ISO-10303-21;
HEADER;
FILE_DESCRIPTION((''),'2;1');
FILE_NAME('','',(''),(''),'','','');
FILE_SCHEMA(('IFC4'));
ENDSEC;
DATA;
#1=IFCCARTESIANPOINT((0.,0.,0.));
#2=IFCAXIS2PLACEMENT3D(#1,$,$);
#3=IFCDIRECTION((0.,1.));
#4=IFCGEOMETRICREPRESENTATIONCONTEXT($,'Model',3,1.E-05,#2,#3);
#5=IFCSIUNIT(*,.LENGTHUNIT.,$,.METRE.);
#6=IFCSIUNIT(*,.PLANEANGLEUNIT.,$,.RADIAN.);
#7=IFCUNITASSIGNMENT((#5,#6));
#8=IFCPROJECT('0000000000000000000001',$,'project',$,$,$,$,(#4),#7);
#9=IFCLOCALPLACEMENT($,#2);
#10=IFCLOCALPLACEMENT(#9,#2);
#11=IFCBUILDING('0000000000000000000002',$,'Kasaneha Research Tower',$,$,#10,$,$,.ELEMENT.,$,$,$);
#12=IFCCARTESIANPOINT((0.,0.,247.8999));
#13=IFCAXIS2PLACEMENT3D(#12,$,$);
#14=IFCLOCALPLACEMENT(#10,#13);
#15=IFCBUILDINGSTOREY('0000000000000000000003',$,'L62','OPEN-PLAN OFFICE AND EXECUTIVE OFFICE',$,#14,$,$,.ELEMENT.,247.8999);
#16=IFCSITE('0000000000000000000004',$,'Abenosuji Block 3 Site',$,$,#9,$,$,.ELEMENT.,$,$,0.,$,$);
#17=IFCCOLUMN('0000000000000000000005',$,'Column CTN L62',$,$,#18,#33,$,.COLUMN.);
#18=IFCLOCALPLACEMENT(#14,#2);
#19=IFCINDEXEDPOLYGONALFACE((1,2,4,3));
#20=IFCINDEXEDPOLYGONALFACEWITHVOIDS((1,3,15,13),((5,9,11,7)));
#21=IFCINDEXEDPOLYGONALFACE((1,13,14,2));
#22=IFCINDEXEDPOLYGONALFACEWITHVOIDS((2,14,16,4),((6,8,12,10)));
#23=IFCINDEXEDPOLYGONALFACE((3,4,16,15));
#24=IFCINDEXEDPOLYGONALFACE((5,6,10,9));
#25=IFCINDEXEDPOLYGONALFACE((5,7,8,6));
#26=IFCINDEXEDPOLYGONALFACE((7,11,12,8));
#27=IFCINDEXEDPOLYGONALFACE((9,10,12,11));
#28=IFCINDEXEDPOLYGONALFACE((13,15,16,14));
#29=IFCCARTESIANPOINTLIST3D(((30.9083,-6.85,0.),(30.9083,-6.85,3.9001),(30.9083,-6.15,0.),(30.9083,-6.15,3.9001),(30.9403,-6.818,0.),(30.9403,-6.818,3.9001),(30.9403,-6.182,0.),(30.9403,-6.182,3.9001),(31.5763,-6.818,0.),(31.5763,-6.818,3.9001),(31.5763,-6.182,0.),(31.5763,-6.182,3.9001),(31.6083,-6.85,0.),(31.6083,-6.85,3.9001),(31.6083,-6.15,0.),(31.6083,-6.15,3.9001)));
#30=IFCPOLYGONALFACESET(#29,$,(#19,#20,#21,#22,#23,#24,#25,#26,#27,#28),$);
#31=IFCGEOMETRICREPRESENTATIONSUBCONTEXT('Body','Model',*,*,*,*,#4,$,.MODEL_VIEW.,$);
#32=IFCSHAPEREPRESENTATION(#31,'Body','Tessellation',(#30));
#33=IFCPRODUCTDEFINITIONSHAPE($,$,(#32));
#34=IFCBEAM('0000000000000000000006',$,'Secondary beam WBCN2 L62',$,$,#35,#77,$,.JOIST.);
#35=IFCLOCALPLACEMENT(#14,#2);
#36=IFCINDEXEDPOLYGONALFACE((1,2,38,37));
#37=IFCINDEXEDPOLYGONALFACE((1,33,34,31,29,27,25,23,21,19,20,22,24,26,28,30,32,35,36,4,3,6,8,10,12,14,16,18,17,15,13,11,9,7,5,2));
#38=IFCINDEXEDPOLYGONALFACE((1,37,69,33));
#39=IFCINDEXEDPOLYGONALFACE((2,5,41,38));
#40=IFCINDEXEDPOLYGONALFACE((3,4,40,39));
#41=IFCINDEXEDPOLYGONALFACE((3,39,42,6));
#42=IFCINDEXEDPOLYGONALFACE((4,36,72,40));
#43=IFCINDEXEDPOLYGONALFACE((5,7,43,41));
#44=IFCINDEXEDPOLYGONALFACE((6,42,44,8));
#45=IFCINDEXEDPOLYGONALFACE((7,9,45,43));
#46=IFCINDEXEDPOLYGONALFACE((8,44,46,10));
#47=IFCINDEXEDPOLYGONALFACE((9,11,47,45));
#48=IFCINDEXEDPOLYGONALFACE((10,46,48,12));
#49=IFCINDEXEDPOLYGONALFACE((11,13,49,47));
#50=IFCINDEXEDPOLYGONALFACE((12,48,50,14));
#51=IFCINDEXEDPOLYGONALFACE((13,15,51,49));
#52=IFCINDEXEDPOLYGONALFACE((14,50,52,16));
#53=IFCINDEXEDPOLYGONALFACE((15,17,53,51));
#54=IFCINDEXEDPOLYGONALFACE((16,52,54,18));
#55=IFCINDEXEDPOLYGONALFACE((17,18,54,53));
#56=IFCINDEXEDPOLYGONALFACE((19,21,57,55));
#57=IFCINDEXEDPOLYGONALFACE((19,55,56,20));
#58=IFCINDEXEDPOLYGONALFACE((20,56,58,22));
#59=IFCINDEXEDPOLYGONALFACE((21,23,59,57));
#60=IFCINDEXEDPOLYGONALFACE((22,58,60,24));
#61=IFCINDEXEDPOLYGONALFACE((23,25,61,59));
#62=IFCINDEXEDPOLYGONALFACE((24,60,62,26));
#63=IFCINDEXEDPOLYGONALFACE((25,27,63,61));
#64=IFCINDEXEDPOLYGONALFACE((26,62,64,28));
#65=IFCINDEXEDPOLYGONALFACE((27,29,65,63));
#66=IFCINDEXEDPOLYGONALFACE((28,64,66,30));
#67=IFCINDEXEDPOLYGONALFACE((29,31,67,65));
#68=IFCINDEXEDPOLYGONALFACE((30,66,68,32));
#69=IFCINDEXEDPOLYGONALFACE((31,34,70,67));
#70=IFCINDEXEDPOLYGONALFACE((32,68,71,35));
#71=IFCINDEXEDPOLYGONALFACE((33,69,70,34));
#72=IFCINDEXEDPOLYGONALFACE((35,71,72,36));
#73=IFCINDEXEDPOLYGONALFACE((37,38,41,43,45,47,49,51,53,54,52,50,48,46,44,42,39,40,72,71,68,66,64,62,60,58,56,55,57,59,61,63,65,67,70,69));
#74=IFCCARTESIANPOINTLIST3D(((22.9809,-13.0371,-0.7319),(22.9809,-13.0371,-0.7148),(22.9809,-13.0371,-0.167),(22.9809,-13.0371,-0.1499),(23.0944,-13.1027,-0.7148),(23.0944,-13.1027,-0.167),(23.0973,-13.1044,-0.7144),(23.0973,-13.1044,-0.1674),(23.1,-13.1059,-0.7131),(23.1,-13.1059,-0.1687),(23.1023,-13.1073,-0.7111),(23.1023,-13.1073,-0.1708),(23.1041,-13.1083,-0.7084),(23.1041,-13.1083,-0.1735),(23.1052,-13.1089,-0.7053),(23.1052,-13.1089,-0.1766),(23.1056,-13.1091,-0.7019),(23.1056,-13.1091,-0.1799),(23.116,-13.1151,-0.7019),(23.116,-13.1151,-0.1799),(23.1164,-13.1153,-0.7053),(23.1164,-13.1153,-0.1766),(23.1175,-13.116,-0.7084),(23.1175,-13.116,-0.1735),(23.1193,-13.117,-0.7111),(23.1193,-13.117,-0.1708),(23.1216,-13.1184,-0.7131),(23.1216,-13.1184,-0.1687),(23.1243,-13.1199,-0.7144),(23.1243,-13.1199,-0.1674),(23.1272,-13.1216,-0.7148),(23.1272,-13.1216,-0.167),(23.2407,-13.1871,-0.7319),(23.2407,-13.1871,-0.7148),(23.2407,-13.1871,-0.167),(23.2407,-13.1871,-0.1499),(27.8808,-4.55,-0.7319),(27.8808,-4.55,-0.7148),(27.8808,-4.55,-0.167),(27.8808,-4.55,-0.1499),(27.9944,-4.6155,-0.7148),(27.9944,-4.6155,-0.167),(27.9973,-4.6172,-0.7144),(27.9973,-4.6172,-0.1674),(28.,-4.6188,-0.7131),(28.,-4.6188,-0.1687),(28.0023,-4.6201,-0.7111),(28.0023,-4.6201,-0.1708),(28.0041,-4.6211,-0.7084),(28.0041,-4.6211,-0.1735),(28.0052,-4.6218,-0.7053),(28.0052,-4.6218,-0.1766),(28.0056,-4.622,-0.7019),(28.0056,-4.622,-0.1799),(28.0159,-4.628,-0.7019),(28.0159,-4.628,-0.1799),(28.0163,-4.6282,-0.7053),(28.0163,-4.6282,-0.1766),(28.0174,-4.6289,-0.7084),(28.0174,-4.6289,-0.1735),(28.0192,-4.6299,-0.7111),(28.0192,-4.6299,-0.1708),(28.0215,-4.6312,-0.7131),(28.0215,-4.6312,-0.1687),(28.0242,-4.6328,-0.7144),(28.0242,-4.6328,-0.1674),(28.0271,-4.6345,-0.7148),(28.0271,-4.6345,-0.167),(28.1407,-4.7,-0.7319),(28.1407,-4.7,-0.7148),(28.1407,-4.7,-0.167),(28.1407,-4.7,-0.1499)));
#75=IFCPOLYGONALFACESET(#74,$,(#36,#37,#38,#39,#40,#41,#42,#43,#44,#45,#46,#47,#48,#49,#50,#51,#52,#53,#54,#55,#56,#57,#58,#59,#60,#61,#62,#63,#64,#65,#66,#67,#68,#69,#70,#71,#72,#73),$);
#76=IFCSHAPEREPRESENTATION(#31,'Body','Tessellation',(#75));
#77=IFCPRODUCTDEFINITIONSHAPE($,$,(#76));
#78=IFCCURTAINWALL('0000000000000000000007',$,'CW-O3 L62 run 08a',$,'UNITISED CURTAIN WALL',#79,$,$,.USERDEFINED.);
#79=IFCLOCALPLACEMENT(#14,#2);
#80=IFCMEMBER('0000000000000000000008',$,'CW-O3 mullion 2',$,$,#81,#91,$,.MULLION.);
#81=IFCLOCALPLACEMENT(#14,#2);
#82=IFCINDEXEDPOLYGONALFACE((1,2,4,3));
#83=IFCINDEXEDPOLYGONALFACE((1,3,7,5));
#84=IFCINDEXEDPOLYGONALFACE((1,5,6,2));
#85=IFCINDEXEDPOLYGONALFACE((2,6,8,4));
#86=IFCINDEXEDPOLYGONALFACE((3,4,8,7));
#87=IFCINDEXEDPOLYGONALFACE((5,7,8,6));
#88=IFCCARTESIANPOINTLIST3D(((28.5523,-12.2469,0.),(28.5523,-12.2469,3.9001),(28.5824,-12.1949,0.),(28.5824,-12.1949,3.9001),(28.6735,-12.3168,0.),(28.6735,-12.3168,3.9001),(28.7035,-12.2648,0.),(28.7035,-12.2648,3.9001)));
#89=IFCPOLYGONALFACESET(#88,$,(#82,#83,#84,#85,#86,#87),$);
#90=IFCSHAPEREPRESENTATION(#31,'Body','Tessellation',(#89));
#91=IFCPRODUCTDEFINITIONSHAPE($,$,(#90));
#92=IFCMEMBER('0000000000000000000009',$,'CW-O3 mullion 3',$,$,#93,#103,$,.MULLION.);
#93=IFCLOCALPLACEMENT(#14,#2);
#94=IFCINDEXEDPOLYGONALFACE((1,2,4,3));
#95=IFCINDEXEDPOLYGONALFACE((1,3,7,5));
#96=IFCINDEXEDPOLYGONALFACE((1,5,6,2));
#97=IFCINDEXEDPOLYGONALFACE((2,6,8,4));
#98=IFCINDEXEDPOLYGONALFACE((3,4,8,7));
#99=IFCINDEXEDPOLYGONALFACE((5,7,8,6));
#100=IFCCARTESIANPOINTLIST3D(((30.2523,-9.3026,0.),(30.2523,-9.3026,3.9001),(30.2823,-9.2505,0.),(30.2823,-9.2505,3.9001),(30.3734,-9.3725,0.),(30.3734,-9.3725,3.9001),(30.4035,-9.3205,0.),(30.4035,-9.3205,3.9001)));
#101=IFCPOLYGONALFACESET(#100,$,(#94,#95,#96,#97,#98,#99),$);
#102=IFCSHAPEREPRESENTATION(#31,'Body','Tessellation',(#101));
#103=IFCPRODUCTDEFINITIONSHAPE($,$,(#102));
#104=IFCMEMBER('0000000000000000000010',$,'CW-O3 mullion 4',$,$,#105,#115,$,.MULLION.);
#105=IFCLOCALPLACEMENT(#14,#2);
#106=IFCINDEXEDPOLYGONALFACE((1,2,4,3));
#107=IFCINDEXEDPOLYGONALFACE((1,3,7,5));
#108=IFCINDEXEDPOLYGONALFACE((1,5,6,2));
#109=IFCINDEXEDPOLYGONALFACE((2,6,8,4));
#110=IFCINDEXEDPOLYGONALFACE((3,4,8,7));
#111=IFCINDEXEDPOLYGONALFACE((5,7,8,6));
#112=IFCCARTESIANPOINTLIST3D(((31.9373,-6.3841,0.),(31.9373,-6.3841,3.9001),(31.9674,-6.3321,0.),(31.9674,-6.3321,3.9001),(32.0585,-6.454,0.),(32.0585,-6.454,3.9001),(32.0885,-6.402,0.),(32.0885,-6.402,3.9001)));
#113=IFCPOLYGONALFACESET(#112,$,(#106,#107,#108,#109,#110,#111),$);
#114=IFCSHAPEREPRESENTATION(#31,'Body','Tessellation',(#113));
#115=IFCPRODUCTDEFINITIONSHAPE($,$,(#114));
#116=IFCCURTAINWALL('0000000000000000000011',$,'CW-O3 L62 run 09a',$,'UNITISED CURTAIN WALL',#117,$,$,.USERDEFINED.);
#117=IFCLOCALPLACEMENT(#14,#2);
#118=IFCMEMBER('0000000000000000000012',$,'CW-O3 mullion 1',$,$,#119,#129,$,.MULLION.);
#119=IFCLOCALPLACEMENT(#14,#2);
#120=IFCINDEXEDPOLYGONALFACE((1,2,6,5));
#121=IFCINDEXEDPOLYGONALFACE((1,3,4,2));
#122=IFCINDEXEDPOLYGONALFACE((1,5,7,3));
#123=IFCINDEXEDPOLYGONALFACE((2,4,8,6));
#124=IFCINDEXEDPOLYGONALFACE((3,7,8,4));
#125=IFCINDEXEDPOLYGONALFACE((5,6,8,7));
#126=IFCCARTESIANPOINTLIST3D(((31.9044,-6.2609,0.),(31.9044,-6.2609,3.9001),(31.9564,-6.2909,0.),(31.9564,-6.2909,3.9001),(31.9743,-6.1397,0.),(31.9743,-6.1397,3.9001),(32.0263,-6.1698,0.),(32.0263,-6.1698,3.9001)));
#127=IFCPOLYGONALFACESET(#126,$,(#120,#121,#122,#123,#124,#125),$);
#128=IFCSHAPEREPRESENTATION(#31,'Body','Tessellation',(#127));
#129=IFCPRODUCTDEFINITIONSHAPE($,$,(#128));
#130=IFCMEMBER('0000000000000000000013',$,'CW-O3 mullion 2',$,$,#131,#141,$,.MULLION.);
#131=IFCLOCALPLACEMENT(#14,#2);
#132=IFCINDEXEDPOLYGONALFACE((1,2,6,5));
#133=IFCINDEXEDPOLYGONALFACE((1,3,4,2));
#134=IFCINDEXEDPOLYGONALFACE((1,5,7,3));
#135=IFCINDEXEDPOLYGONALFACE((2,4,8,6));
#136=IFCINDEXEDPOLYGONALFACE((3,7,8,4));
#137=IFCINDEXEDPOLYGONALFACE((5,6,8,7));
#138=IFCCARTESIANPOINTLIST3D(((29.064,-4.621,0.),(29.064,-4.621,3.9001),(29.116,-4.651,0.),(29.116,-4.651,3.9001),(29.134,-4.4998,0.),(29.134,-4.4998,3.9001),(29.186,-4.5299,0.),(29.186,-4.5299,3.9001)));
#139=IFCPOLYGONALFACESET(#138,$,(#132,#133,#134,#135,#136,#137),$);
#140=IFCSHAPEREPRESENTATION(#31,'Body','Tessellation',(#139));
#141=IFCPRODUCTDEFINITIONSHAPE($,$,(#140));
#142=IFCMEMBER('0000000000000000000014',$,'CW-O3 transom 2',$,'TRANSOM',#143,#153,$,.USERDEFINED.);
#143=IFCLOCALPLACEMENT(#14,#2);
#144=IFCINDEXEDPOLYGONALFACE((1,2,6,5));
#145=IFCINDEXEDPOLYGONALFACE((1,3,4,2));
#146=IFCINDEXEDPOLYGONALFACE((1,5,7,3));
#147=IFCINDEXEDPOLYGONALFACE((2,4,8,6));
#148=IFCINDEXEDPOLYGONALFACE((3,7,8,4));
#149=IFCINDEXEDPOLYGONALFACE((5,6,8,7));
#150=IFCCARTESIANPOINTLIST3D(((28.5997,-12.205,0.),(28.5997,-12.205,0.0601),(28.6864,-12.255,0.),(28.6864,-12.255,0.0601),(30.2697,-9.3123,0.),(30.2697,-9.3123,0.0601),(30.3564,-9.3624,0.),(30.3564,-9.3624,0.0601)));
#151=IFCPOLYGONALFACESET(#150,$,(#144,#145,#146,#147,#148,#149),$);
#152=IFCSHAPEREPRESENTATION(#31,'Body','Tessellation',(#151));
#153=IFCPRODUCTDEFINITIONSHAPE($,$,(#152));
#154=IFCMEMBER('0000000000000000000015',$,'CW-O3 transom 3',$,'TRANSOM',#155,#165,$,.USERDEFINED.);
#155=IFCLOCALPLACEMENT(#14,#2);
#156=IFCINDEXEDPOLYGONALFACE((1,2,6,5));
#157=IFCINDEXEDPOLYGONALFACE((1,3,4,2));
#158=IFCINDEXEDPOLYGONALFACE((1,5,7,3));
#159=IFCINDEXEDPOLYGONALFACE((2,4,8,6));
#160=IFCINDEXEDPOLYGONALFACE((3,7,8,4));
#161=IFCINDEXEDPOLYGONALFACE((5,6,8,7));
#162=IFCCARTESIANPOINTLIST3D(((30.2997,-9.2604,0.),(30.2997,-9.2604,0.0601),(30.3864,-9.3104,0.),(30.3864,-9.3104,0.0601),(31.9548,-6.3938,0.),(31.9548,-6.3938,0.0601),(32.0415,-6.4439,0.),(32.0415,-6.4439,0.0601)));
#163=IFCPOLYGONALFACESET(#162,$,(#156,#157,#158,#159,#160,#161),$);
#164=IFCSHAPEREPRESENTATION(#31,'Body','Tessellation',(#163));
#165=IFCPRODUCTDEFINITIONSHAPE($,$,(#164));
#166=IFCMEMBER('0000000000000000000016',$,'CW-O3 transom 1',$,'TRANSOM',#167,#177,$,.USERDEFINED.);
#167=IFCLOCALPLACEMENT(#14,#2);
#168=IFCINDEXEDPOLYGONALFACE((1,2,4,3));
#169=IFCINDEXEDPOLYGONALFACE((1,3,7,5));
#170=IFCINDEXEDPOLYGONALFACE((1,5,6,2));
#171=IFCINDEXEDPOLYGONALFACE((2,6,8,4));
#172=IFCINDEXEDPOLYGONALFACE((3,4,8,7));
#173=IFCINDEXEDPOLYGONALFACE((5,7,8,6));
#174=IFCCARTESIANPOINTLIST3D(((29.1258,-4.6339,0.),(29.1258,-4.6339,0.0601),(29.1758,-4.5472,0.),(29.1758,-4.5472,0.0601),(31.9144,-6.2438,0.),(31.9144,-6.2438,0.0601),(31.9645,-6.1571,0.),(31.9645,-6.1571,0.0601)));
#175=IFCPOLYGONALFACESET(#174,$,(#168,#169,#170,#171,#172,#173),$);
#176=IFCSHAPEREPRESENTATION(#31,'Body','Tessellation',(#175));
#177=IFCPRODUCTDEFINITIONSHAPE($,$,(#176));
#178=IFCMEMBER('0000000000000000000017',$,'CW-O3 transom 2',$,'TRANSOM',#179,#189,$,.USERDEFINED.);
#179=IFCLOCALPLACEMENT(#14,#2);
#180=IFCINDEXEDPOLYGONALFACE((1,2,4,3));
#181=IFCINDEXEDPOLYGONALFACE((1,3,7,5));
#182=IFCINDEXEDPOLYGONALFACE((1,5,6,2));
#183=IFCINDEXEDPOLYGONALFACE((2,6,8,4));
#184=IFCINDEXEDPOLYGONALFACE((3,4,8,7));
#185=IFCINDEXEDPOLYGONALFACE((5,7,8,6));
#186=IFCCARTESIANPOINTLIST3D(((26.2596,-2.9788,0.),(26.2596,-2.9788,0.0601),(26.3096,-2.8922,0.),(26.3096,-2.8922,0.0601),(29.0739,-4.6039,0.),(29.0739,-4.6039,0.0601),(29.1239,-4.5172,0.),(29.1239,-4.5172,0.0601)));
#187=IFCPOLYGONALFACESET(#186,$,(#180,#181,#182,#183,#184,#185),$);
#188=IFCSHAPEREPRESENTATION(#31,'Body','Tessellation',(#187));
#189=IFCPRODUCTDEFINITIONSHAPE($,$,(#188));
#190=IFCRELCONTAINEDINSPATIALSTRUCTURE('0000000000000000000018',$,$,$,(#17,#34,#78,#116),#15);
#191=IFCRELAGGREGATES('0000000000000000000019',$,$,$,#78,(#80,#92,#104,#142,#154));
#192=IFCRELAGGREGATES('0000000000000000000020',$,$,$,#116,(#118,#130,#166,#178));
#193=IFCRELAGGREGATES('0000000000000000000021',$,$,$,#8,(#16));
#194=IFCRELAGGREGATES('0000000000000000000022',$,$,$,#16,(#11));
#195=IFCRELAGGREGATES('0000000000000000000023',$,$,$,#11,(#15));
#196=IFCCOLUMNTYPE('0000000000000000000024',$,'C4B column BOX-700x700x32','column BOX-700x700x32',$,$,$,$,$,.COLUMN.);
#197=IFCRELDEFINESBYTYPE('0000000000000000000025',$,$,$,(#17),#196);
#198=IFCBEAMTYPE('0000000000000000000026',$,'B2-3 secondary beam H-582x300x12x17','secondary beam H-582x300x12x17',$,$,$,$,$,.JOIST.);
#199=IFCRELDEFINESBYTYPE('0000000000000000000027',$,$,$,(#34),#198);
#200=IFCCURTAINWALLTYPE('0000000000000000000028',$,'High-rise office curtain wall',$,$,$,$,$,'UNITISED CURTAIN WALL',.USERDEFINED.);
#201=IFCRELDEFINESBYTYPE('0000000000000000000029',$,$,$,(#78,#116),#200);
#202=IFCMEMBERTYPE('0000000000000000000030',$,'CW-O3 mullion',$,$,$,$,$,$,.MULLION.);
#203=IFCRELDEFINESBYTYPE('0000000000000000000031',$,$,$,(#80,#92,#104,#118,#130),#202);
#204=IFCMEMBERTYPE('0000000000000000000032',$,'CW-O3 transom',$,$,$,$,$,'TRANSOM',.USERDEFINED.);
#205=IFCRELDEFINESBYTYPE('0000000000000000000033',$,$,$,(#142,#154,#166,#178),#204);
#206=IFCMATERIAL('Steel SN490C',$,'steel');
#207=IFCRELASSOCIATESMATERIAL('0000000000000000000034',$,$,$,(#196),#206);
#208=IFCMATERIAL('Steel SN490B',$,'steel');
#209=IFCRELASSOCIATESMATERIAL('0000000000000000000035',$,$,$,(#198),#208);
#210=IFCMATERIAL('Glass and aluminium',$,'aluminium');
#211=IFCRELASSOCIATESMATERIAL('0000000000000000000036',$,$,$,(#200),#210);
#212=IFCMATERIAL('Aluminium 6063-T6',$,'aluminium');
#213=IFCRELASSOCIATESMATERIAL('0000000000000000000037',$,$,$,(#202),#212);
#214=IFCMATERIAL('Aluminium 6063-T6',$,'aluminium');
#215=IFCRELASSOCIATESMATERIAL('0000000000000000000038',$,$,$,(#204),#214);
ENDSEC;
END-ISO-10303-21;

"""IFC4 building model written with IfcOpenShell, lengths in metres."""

from ifc_helpers import new_model, si_unit, direction, frame, origin, origin_2d, place, context, subcontext, project, spatial, rectangle, hollow_rectangle, i_section, extrude, material, material_profile, profile_set, type_object, element, aggregate, save


model = new_model("IFC4")

# Units and contexts
model_context = context("Model", 3, precision=1e-05, world=origin(), true_north=direction((0.0, 1.0)))
body_context = subcontext(model_context, "Body", "Model", "MODEL_VIEW")
ifc_project = project(units=[si_unit("LENGTHUNIT", "METRE"), si_unit("PLANEANGLEUNIT", "RADIAN")], contexts=[model_context])

# Site, building, storey
site_placement = place(None, origin())
site = spatial("IfcSite", under=ifc_project, at=site_placement, Name="Abenosuji Block 3 Site", CompositionType="ELEMENT", RefElevation=0.0)
building_placement = place(site_placement, origin())
building = spatial("IfcBuilding", under=site, at=building_placement, Name="Kasaneha Research Tower", CompositionType="ELEMENT")
storey_placement = place(building_placement, frame((0.0, 0.0, 247.8999)))
storey = spatial("IfcBuildingStorey", under=building, at=storey_placement, Name="L62", Description="OPEN-PLAN OFFICE AND EXECUTIVE OFFICE", CompositionType="ELEMENT", Elevation=247.8999)

# Column
ifc_material_1 = material(Name="Steel SN490C", Category="steel")
ifc_material_profile_1 = material_profile(ifc_material_1, hollow_rectangle(XDim=0.7, YDim=0.7, WallThickness=0.032, at=origin_2d()), Name="BOX-700x700x32")
ifc_profile_set_1 = profile_set([ifc_material_profile_1], Name="Steel SN490C")
column_type = type_object("IfcColumnType", Name="C4B column BOX-700x700x32", Description="column BOX-700x700x32", PredefinedType="COLUMN", material=ifc_profile_set_1)
column_placement = place(storey_placement, frame((31.2583, -6.5, 0.0), z_axis=(0.0, 0.0, 1.0), x_axis=(1.0, 0.0, 0.0)))
element("IfcColumn", 1, at=column_placement, inside=storey, type_object=column_type, Name="Column CTN L62", PredefinedType="COLUMN", context=body_context, shape_type="SweptSolid", body=[
    extrude(hollow_rectangle(XDim=0.7, YDim=0.7, WallThickness=0.032, at=origin_2d()), origin(), (0.0, 0.0, 1.0), 3.9001),
])

# Beam
ifc_material_2 = material(Name="Steel SN490B", Category="steel")
ifc_material_profile_2 = material_profile(ifc_material_2, i_section(OverallWidth=0.3, OverallDepth=0.582, WebThickness=0.012, FlangeThickness=0.0171, FilletRadius=0.0129, at=origin_2d()), Name="H-582x300x12x17")
ifc_profile_set_2 = profile_set([ifc_material_profile_2], Name="Steel SN490B")
beam_type_1 = type_object("IfcBeamType", Name="B2-3 secondary beam H-582x300x12x17", Description="secondary beam H-582x300x12x17", PredefinedType="JOIST", material=ifc_profile_set_2)
beam_1_placement = place(storey_placement, frame((28.0107, -4.625, -0.4409), z_axis=(-0.499992, -0.86603, 0.0), x_axis=(0.86603, -0.499992, 0.0)))
element("IfcBeam", 2, at=beam_1_placement, inside=storey, type_object=beam_type_1, Name="Secondary beam WBCN2 L62", PredefinedType="JOIST", context=body_context, shape_type="SweptSolid", body=[
    extrude(i_section(OverallWidth=0.3, OverallDepth=0.582, WebThickness=0.012, FlangeThickness=0.0171, FilletRadius=0.0129, at=origin_2d()), origin(), (0.0, 0.0, 1.0), 9.8),
])

# Curtain walls, members
ifc_material_3 = material(Name="Glass and aluminium", Category="aluminium")
curtain_wall_type = type_object("IfcCurtainWallType", Name="High-rise office curtain wall", ElementType="UNITISED CURTAIN WALL", PredefinedType="USERDEFINED", material=ifc_material_3)
curtain_wall_1_placement = place(storey_placement, origin())
curtain_wall_1 = element("IfcCurtainWall", 3, at=curtain_wall_1_placement, inside=storey, type_object=curtain_wall_type, Name="CW-O3 L62 run 08a", ObjectType="UNITISED CURTAIN WALL", PredefinedType="USERDEFINED")
ifc_material_4 = material(Name="Aluminium 6063-T6", Category="aluminium")
ifc_material_profile_3 = material_profile(ifc_material_4, rectangle(XDim=0.0601, YDim=0.1399, at=origin_2d()), Name="CW-O3 mullion 60x140")
ifc_profile_set_3 = profile_set([ifc_material_profile_3], Name="Aluminium 6063-T6")
member_type_1 = type_object("IfcMemberType", Name="CW-O3 mullion", PredefinedType="MULLION", material=ifc_profile_set_3)
member_1_placement = place(storey_placement, frame((28.6279, -12.2559, 0.0), z_axis=(0.0, 0.0, 1.0), x_axis=(0.5, 0.866025, 0.0)))
member_1 = element("IfcMember", 4, at=member_1_placement, type_object=member_type_1, Name="CW-O3 mullion 2", PredefinedType="MULLION", context=body_context, shape_type="SweptSolid", body=[
    extrude(rectangle(XDim=0.0601, YDim=0.1399, at=origin_2d()), origin(), (0.0, 0.0, 1.0), 3.9001),
])
member_2_placement = place(storey_placement, frame((30.3279, -9.3115, 0.0), z_axis=(0.0, 0.0, 1.0), x_axis=(0.5, 0.866025, 0.0)))
member_2 = element("IfcMember", 5, at=member_2_placement, type_object=member_type_1, Name="CW-O3 mullion 3", PredefinedType="MULLION", context=body_context, shape_type="SweptSolid", body=[
    extrude(rectangle(XDim=0.0601, YDim=0.1399, at=origin_2d()), origin(), (0.0, 0.0, 1.0), 3.9001),
])
member_3_placement = place(storey_placement, frame((32.0129, -6.3931, 0.0), z_axis=(0.0, 0.0, 1.0), x_axis=(0.5, 0.866025, 0.0)))
member_3 = element("IfcMember", 6, at=member_3_placement, type_object=member_type_1, Name="CW-O3 mullion 4", PredefinedType="MULLION", context=body_context, shape_type="SweptSolid", body=[
    extrude(rectangle(XDim=0.0601, YDim=0.1399, at=origin_2d()), origin(), (0.0, 0.0, 1.0), 3.9001),
])
curtain_wall_2_placement = place(storey_placement, origin())
curtain_wall_2 = element("IfcCurtainWall", 7, at=curtain_wall_2_placement, inside=storey, type_object=curtain_wall_type, Name="CW-O3 L62 run 09a", ObjectType="UNITISED CURTAIN WALL", PredefinedType="USERDEFINED")
member_4_placement = place(storey_placement, frame((31.9653, -6.2153, 0.0), z_axis=(0.0, 0.0, 1.0), x_axis=(-0.866025, 0.5, 0.0)))
member_4 = element("IfcMember", 8, at=member_4_placement, type_object=member_type_1, Name="CW-O3 mullion 1", PredefinedType="MULLION", context=body_context, shape_type="SweptSolid", body=[
    extrude(rectangle(XDim=0.0601, YDim=0.1399, at=origin_2d()), origin(), (0.0, 0.0, 1.0), 3.9001),
])
member_5_placement = place(storey_placement, frame((29.125, -4.5754, 0.0), z_axis=(0.0, 0.0, 1.0), x_axis=(-0.866025, 0.5, 0.0)))
member_5 = element("IfcMember", 9, at=member_5_placement, type_object=member_type_1, Name="CW-O3 mullion 2", PredefinedType="MULLION", context=body_context, shape_type="SweptSolid", body=[
    extrude(rectangle(XDim=0.0601, YDim=0.1399, at=origin_2d()), origin(), (0.0, 0.0, 1.0), 3.9001),
])

# Members
ifc_material_5 = material(Name="Aluminium 6063-T6", Category="aluminium")
ifc_material_profile_4 = material_profile(ifc_material_5, rectangle(XDim=0.1001, YDim=0.0601, at=origin_2d()), Name="CW-O3 transom 100x60")
ifc_profile_set_4 = profile_set([ifc_material_profile_4], Name="Aluminium 6063-T6")
member_type_2 = type_object("IfcMemberType", Name="CW-O3 transom", ElementType="TRANSOM", PredefinedType="USERDEFINED", material=ifc_profile_set_4)
member_6_placement = place(storey_placement, frame((28.6431, -12.23, 0.03), z_axis=(0.499976, 0.86604, 0.0), x_axis=(-0.86604, 0.499976, 0.0)))
member_6 = element("IfcMember", 10, at=member_6_placement, type_object=member_type_2, Name="CW-O3 transom 2", ObjectType="TRANSOM", PredefinedType="USERDEFINED", context=body_context, shape_type="SweptSolid", body=[
    extrude(rectangle(XDim=0.1001, YDim=0.0601, at=origin_2d()), origin(), (0.0, 0.0, 1.0), 3.3401),
])
member_7_placement = place(storey_placement, frame((30.343, -9.2854, 0.03), z_axis=(0.500018, 0.866015, 0.0), x_axis=(-0.866015, 0.500018, 0.0)))
member_7 = element("IfcMember", 11, at=member_7_placement, type_object=member_type_2, Name="CW-O3 transom 3", ObjectType="TRANSOM", PredefinedType="USERDEFINED", context=body_context, shape_type="SweptSolid", body=[
    extrude(rectangle(XDim=0.1001, YDim=0.0601, at=origin_2d()), origin(), (0.0, 0.0, 1.0), 3.3101),
])
member_8_placement = place(storey_placement, frame((31.9395, -6.2004, 0.03), z_axis=(-0.866042, 0.499972, 0.0), x_axis=(-0.499972, -0.866042, 0.0)))
member_8 = element("IfcMember", 12, at=member_8_placement, type_object=member_type_2, Name="CW-O3 transom 1", ObjectType="TRANSOM", PredefinedType="USERDEFINED", context=body_context, shape_type="SweptSolid", body=[
    extrude(rectangle(XDim=0.1001, YDim=0.0601, at=origin_2d()), origin(), (0.0, 0.0, 1.0), 3.22),
])
member_9_placement = place(storey_placement, frame((29.0989, -4.5605, 0.03), z_axis=(-0.865997, 0.50005, 0.0), x_axis=(-0.50005, -0.865997, 0.0)))
member_9 = element("IfcMember", 13, at=member_9_placement, type_object=member_type_2, Name="CW-O3 transom 2", ObjectType="TRANSOM", PredefinedType="USERDEFINED", context=body_context, shape_type="SweptSolid", body=[
    extrude(rectangle(XDim=0.1001, YDim=0.0601, at=origin_2d()), origin(), (0.0, 0.0, 1.0), 3.2498),
])

aggregate(curtain_wall_1, [member_1, member_2, member_3, member_6, member_7])
aggregate(curtain_wall_2, [member_4, member_5, member_8, member_9])

save(model, "model.ifc")
